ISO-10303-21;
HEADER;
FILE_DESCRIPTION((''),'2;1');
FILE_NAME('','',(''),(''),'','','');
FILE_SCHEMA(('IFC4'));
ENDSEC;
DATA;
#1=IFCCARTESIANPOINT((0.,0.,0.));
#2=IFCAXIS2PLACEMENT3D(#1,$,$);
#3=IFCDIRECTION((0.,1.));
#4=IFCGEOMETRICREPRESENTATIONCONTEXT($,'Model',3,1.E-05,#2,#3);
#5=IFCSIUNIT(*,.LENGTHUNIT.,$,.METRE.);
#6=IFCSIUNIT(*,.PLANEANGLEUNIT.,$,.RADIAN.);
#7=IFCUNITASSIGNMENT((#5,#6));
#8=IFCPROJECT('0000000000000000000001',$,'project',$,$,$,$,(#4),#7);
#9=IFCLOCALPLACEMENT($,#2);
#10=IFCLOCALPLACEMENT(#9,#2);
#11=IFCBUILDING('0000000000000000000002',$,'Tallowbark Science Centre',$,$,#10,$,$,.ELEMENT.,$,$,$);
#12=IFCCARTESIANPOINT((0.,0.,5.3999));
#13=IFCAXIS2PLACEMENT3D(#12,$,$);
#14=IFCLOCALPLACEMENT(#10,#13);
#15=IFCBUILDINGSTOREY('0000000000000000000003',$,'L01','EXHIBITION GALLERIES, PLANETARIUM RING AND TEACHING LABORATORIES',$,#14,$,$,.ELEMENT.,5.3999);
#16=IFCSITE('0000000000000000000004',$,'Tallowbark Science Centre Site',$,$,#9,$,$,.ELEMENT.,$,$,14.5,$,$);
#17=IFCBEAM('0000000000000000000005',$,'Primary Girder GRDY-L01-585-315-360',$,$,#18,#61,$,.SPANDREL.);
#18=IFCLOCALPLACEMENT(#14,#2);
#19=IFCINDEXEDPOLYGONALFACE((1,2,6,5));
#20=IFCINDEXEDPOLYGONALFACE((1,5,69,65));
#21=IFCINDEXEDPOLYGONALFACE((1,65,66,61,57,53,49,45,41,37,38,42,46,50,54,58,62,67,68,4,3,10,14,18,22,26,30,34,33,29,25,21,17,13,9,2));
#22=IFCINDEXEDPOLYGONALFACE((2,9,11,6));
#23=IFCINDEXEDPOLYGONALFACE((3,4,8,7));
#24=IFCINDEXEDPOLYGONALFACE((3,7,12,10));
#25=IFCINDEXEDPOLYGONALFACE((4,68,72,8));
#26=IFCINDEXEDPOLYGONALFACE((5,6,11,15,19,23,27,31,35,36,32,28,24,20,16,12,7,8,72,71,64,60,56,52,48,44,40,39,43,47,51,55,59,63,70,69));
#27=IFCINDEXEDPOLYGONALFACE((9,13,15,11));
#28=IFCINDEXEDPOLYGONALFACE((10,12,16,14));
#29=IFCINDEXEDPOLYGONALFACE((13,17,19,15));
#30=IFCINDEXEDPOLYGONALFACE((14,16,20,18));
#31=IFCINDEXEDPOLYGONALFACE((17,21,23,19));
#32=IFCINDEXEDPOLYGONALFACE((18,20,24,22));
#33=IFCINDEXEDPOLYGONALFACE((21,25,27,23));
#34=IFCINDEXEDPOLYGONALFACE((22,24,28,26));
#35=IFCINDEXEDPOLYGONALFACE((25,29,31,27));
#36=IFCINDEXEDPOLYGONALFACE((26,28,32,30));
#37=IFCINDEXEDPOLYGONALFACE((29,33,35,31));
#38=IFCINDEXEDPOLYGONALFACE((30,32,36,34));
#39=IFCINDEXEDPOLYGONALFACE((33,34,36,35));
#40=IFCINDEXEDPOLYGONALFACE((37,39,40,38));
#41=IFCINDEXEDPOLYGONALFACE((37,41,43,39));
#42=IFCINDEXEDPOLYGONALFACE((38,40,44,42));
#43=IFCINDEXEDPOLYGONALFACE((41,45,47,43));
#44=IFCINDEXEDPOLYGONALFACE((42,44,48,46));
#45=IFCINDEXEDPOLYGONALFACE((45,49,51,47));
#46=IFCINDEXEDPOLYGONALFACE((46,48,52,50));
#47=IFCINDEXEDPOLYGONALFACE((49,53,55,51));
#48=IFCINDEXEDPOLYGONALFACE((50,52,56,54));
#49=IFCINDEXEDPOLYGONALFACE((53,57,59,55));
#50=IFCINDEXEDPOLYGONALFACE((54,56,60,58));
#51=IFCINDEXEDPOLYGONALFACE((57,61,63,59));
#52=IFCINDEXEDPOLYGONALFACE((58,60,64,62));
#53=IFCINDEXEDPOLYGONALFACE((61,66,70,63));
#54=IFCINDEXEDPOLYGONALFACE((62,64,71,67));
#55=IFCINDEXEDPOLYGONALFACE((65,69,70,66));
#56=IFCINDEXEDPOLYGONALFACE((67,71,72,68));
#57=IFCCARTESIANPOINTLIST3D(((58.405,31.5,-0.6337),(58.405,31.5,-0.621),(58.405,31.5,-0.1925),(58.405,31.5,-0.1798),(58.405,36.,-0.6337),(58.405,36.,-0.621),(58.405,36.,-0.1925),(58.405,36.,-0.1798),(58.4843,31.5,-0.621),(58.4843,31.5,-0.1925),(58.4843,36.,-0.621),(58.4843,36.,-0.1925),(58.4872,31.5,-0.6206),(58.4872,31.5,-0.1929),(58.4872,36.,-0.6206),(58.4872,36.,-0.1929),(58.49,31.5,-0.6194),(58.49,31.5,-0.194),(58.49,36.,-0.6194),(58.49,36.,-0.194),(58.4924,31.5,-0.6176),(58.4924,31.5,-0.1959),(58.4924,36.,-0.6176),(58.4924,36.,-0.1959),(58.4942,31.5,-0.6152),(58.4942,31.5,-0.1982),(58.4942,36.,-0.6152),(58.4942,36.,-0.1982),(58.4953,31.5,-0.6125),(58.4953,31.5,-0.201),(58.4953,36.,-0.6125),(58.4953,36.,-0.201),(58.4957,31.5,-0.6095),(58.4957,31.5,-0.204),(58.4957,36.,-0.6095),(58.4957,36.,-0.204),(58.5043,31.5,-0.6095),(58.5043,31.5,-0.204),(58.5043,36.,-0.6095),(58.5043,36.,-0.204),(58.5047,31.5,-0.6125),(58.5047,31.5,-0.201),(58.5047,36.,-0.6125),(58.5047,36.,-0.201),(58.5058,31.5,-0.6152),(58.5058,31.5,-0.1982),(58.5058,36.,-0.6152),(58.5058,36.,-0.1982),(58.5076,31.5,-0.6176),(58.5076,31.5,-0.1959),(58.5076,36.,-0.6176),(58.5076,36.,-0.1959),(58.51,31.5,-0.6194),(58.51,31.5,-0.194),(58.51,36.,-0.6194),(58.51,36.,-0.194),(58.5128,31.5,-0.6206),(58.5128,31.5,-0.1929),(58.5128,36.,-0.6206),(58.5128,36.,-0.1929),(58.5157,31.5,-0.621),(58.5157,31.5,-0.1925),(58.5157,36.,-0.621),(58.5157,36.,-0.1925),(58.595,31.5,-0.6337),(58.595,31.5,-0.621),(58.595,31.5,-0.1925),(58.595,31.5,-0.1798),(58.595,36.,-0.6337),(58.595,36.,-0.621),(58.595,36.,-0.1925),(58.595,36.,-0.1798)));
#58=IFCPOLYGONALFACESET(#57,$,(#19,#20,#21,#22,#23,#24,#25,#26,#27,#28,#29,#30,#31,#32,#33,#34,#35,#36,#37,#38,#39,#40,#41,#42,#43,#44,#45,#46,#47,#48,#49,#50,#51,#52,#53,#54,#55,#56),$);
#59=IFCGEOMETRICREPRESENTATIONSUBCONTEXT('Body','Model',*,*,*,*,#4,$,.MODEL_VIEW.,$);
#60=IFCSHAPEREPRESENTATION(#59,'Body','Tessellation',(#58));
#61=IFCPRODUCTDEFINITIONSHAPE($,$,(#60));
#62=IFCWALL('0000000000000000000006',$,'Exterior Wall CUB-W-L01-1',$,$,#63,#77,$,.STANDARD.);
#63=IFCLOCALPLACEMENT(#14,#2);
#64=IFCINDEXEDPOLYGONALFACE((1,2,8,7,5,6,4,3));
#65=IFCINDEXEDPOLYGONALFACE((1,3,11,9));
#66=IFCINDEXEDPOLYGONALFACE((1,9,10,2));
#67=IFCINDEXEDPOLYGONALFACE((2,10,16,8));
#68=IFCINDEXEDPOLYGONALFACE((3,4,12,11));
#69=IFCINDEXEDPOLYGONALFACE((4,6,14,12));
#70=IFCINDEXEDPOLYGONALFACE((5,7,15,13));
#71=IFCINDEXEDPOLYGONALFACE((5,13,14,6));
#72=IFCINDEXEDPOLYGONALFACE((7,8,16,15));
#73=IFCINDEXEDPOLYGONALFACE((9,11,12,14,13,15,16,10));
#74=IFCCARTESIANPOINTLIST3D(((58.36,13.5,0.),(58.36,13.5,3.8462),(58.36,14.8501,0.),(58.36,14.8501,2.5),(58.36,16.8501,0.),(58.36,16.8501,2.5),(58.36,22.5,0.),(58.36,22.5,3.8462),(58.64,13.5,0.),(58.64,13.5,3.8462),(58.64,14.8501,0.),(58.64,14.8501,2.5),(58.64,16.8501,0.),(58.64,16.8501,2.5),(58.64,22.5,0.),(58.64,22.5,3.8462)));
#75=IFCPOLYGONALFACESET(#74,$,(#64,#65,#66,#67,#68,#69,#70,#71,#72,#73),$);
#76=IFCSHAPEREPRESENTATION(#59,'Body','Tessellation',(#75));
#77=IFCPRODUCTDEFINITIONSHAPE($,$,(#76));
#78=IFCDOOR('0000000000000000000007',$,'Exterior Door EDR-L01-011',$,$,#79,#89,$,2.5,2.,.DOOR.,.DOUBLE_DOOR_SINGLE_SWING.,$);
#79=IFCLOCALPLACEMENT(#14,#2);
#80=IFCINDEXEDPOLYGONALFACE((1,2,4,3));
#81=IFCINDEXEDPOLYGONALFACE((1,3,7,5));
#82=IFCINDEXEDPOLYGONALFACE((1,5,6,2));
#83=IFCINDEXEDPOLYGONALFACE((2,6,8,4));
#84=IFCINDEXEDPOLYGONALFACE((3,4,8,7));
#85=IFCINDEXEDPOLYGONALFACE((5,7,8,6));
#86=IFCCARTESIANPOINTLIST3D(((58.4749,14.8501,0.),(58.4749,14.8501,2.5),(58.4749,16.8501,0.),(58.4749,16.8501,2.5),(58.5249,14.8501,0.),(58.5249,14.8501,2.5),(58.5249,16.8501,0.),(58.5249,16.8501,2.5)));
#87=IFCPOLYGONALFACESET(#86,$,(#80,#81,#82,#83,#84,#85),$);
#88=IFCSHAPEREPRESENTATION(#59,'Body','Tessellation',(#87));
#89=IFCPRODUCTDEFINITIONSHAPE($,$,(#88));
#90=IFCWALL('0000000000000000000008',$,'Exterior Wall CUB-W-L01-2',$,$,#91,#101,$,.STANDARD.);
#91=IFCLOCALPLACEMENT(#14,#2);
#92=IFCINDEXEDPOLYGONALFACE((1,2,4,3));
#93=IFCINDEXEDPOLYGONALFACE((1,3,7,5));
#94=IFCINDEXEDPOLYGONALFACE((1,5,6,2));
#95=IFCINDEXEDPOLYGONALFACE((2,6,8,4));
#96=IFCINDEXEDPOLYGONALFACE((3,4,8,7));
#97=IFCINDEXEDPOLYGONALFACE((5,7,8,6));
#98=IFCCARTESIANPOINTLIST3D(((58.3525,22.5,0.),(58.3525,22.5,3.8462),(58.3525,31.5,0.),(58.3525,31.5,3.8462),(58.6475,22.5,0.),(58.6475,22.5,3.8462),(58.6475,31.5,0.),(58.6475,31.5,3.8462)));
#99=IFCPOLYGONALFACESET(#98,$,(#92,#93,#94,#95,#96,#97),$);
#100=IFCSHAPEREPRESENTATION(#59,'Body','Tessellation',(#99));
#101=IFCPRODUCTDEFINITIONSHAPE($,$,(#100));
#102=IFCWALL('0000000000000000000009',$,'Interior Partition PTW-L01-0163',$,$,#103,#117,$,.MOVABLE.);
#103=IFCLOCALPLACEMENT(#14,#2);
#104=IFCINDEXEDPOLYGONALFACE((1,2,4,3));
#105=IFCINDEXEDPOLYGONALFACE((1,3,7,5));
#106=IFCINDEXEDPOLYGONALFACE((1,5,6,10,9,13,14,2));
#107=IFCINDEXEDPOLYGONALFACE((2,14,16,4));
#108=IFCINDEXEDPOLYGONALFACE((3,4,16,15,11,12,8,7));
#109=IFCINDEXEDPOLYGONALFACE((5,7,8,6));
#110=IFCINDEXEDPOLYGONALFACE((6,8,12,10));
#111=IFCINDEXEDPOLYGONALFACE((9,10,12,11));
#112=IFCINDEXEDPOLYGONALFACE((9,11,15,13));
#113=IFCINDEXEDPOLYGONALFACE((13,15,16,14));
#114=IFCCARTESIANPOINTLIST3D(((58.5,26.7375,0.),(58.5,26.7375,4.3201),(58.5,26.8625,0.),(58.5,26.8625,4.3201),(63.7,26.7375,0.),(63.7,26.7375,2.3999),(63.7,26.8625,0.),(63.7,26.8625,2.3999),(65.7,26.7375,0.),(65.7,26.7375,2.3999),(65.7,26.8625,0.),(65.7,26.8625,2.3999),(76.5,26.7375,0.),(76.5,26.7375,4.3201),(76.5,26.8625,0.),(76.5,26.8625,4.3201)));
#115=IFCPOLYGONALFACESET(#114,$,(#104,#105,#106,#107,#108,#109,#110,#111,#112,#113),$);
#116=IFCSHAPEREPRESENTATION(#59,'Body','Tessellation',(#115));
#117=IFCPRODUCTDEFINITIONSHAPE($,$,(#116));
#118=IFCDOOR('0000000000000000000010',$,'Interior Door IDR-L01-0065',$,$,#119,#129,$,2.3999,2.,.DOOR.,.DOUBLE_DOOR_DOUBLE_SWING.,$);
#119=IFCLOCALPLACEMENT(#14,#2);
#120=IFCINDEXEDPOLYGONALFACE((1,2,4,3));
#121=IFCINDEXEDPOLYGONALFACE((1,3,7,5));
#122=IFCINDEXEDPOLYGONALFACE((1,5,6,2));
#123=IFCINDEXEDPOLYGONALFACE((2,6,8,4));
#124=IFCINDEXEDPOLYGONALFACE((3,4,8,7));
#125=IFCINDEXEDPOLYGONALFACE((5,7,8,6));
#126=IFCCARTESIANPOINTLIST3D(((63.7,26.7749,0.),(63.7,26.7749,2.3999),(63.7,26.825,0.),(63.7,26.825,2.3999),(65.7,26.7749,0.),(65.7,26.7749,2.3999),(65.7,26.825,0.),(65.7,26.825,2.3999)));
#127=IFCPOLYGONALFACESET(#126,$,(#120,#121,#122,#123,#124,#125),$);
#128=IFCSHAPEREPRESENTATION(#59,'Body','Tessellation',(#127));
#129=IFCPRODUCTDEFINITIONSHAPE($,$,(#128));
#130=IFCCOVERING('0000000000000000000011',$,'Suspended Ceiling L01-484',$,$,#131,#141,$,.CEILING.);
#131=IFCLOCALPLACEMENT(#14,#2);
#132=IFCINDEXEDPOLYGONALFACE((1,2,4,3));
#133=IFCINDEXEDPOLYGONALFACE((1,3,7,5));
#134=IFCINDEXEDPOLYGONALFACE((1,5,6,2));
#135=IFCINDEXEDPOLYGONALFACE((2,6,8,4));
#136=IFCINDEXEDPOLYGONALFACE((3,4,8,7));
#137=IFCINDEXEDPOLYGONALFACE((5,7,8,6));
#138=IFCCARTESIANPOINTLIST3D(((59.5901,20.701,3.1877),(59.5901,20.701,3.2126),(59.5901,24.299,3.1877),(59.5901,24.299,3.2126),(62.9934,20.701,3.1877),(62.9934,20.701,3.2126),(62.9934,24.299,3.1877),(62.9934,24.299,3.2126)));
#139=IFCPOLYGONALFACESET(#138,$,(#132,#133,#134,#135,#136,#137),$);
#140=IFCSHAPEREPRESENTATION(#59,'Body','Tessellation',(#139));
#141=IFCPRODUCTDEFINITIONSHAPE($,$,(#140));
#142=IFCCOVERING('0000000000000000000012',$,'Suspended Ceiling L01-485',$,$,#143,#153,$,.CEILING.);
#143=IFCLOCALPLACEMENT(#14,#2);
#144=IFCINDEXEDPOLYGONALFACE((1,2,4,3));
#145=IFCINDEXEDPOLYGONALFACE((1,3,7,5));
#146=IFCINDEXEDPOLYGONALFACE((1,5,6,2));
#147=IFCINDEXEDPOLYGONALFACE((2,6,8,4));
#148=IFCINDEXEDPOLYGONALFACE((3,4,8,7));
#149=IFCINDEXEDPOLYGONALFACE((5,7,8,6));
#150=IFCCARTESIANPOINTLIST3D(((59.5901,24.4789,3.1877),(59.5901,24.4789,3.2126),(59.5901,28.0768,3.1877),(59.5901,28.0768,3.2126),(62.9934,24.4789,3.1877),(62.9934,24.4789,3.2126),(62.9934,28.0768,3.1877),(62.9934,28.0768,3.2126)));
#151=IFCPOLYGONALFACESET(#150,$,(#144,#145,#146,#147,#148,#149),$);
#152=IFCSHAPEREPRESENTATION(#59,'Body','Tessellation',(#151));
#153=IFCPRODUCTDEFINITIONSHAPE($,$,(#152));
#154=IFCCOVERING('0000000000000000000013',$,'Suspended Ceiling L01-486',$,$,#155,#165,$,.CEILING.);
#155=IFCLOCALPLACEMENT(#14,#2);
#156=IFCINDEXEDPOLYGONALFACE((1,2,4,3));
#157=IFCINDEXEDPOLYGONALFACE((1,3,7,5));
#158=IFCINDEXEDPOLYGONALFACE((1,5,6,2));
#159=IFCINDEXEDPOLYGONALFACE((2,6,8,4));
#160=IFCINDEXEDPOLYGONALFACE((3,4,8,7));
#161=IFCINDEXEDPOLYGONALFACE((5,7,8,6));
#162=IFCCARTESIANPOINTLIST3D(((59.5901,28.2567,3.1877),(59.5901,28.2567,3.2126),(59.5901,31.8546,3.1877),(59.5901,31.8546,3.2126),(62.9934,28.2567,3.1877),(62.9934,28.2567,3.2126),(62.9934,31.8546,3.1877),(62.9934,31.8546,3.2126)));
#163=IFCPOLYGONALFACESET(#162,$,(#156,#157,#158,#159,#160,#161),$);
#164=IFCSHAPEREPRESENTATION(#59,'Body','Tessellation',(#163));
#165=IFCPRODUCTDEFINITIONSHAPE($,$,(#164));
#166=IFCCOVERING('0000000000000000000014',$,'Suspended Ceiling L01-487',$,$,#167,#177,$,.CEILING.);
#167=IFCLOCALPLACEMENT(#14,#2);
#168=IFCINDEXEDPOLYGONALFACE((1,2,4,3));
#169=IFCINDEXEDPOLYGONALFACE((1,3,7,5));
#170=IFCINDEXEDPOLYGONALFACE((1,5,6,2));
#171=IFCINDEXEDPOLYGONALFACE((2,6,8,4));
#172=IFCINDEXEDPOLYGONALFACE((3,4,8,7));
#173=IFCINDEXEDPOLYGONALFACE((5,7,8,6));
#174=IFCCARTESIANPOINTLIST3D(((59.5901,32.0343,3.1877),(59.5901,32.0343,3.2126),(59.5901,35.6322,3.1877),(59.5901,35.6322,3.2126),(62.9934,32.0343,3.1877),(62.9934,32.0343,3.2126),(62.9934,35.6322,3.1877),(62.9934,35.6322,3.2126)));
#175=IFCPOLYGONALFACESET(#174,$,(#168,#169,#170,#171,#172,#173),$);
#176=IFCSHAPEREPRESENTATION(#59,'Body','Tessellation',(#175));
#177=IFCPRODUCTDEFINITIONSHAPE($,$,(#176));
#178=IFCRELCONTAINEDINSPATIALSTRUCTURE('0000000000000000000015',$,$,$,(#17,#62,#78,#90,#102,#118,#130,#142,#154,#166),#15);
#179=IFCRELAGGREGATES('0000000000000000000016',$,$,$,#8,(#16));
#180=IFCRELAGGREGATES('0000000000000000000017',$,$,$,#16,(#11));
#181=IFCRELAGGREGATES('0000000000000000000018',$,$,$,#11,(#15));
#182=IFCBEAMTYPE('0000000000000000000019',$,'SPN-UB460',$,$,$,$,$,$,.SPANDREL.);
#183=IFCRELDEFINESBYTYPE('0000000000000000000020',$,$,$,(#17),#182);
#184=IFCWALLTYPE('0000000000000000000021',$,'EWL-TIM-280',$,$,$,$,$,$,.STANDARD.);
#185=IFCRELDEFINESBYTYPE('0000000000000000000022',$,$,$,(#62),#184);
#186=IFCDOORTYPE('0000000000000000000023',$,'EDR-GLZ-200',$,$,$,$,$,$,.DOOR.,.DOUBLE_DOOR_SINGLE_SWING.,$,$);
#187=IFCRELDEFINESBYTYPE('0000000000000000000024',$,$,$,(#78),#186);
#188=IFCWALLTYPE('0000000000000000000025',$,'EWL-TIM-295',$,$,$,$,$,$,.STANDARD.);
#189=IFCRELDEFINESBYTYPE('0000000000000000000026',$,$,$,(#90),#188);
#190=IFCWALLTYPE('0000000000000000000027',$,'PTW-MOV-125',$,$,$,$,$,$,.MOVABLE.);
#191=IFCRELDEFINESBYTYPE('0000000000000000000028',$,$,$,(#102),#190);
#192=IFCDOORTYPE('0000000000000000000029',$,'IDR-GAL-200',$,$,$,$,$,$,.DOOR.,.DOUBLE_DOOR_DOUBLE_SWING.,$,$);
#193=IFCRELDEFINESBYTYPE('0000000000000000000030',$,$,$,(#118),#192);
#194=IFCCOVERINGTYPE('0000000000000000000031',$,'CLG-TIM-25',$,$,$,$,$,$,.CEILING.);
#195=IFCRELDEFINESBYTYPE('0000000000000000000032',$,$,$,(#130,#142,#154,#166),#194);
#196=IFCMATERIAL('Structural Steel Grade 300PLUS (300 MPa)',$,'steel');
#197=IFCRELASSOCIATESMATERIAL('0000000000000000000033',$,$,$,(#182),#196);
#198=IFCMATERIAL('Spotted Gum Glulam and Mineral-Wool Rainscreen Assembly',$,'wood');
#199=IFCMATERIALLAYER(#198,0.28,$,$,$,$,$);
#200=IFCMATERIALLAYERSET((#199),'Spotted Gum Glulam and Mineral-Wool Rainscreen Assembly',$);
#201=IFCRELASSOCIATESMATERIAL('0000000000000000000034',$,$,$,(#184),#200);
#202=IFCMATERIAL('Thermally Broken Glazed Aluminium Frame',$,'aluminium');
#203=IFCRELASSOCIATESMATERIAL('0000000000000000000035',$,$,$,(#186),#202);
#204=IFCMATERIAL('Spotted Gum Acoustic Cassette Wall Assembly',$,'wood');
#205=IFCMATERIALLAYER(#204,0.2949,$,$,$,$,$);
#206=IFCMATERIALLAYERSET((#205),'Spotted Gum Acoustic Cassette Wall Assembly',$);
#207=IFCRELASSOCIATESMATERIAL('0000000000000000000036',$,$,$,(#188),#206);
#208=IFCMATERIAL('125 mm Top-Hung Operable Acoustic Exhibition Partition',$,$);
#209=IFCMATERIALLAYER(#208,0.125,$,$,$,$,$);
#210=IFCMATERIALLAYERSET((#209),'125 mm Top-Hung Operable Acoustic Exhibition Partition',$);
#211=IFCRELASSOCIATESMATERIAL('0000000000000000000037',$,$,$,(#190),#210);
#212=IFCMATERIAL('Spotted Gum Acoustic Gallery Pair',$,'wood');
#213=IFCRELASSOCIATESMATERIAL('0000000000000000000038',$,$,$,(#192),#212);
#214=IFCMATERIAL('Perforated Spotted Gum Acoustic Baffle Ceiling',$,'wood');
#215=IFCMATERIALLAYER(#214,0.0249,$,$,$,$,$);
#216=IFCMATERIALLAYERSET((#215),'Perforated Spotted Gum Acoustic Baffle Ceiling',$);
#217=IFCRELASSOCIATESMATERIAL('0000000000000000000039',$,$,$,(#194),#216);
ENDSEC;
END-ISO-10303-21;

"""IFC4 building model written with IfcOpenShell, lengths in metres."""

from ifc_helpers import new_model, si_unit, direction, frame, frame_2d, origin, origin_2d, place, context, subcontext, project, spatial, rectangle, i_section, extrude, material, layer, layer_set, material_profile, profile_set, type_object, element, fill, save


model = new_model("IFC4")

# Units and contexts
model_context = context("Model", 3, precision=1e-05, world=origin(), true_north=direction((0.0, 1.0)))
body_context = subcontext(model_context, "Body", "Model", "MODEL_VIEW")
ifc_project = project(units=[si_unit("LENGTHUNIT", "METRE"), si_unit("PLANEANGLEUNIT", "RADIAN")], contexts=[model_context])

# Site, building, storey
site_placement = place(None, origin())
site = spatial("IfcSite", under=ifc_project, at=site_placement, Name="Tallowbark Science Centre Site", CompositionType="ELEMENT", RefElevation=14.5)
building_placement = place(site_placement, origin())
building = spatial("IfcBuilding", under=site, at=building_placement, Name="Tallowbark Science Centre", CompositionType="ELEMENT")
storey_placement = place(building_placement, frame((0.0, 0.0, 5.3999)))
storey = spatial("IfcBuildingStorey", under=building, at=storey_placement, Name="L01", Description="EXHIBITION GALLERIES, PLANETARIUM RING AND TEACHING LABORATORIES", CompositionType="ELEMENT", Elevation=5.3999)

# Shared definitions
ifc_material_1 = material(Name="Structural Steel Grade 300PLUS (300 MPa)", Category="steel")

# Beam
ifc_material_profile_1 = material_profile(ifc_material_1, i_section(OverallWidth=0.1899, OverallDepth=0.4539, WebThickness=0.0085, FlangeThickness=0.0127, FilletRadius=0.0115, at=origin_2d()), Name="460UB67.1")
ifc_profile_set_1 = profile_set([ifc_material_profile_1], Name="Structural Steel Grade 300PLUS (300 MPa)")
beam_type_1 = type_object("IfcBeamType", Name="SPN-UB460", PredefinedType="SPANDREL", material=ifc_profile_set_1)
for number, where, z_axis, x_axis, name in (
    (1, (58.5, 31.5, -0.4067), (0.0, 1.0, 0.0), (-1.0, 0.0, 0.0), "Primary Girder GRDY-L01-585-315-360"),
):
    element("IfcBeam", number, at=place(storey_placement, frame(where, z_axis=z_axis, x_axis=x_axis)), inside=storey, type_object=beam_type_1, Name=name, PredefinedType="SPANDREL", context=body_context, shape_type="SweptSolid", body=[
        extrude(i_section(OverallWidth=0.1899, OverallDepth=0.4539, WebThickness=0.0085, FlangeThickness=0.0127, FilletRadius=0.0115, at=origin_2d()), origin(), (0.0, 0.0, 1.0), 4.5),
    ])

# Wall, opening, door
ifc_material_2 = material(Name="Spotted Gum Glulam and Mineral-Wool Rainscreen Assembly", Category="wood")
ifc_layer_1 = layer(ifc_material_2, 0.28)
ifc_layer_set_1 = layer_set([ifc_layer_1], Name="Spotted Gum Glulam and Mineral-Wool Rainscreen Assembly")
wall_type_1 = type_object("IfcWallType", Name="EWL-TIM-280", PredefinedType="STANDARD", material=ifc_layer_set_1)
wall_1_placement = place(storey_placement, frame((58.5, 22.5, 0.0), z_axis=(0.0, 0.0, 1.0), x_axis=(0.0, -1.0, 0.0)))
wall_1 = element("IfcWall", 2, at=wall_1_placement, inside=storey, type_object=wall_type_1, Name="Exterior Wall CUB-W-L01-1", PredefinedType="STANDARD", context=body_context, shape_type="SweptSolid", body=[
    extrude(rectangle(XDim=9.0, YDim=0.28, at=frame_2d((4.5, 0.0))), origin(), (0.0, 0.0, 1.0), 3.8462),
])
opening_1_placement = place(wall_1_placement, frame((5.6499, 0.0, 0.0)))
opening_1 = element("IfcOpeningElement", 3, at=opening_1_placement, cuts=wall_1, PredefinedType="OPENING", context=body_context, shape_type="SweptSolid", body=[
    extrude(rectangle(XDim=2.0, YDim=2.5, at=frame_2d((1.0, 1.25))), frame((0.0, 0.1499, 0.0), z_axis=(0.0, -1.0, 0.0), x_axis=(1.0, 0.0, 0.0)), (0.0, 0.0, 1.0), 0.3),
])
ifc_material_3 = material(Name="Thermally Broken Glazed Aluminium Frame", Category="aluminium")
door_type_1 = type_object("IfcDoorType", Name="EDR-GLZ-200", OperationType="DOUBLE_DOOR_SINGLE_SWING", PredefinedType="DOOR", material=ifc_material_3)
door_1_placement = place(opening_1_placement, origin())
door_1 = element("IfcDoor", 4, at=door_1_placement, inside=storey, type_object=door_type_1, Name="Exterior Door EDR-L01-011", OperationType="DOUBLE_DOOR_SINGLE_SWING", OverallHeight=2.5, OverallWidth=2.0, PredefinedType="DOOR", context=body_context, shape_type="SweptSolid", body=[
    extrude(rectangle(XDim=2.0, YDim=2.5, at=frame_2d((1.0, 1.25))), frame((0.0, 0.0249, 0.0), z_axis=(0.0, -1.0, 0.0), x_axis=(1.0, 0.0, 0.0)), (0.0, 0.0, 1.0), 0.05),
])
fill(opening_1, door_1)

# Wall
ifc_material_4 = material(Name="Spotted Gum Acoustic Cassette Wall Assembly", Category="wood")
ifc_layer_2 = layer(ifc_material_4, 0.2949)
ifc_layer_set_2 = layer_set([ifc_layer_2], Name="Spotted Gum Acoustic Cassette Wall Assembly")
wall_type_2 = type_object("IfcWallType", Name="EWL-TIM-295", PredefinedType="STANDARD", material=ifc_layer_set_2)
wall_2_placement = place(storey_placement, frame((58.5, 31.5, 0.0), z_axis=(0.0, 0.0, 1.0), x_axis=(0.0, -1.0, 0.0)))
element("IfcWall", 5, at=wall_2_placement, inside=storey, type_object=wall_type_2, Name="Exterior Wall CUB-W-L01-2", PredefinedType="STANDARD", context=body_context, shape_type="SweptSolid", body=[
    extrude(rectangle(XDim=9.0, YDim=0.2949, at=frame_2d((4.5, 0.0))), origin(), (0.0, 0.0, 1.0), 3.8462),
])

# Wall, opening, door
ifc_material_5 = material(Name="125 mm Top-Hung Operable Acoustic Exhibition Partition")
ifc_layer_3 = layer(ifc_material_5, 0.125)
ifc_layer_set_3 = layer_set([ifc_layer_3], Name="125 mm Top-Hung Operable Acoustic Exhibition Partition")
wall_type_3 = type_object("IfcWallType", Name="PTW-MOV-125", PredefinedType="MOVABLE", material=ifc_layer_set_3)
wall_3_placement = place(storey_placement, frame((58.5, 26.8, 0.0), z_axis=(0.0, 0.0, 1.0), x_axis=(1.0, 0.0, 0.0)))
wall_3 = element("IfcWall", 6, at=wall_3_placement, inside=storey, type_object=wall_type_3, Name="Interior Partition PTW-L01-0163", PredefinedType="MOVABLE", context=body_context, shape_type="SweptSolid", body=[
    extrude(rectangle(XDim=18.0, YDim=0.125, at=frame_2d((9.0, 0.0))), origin(), (0.0, 0.0, 1.0), 4.3201),
])
opening_2_placement = place(wall_3_placement, frame((5.2, 0.0, 0.0)))
opening_2 = element("IfcOpeningElement", 7, at=opening_2_placement, cuts=wall_3, PredefinedType="OPENING", context=body_context, shape_type="SweptSolid", body=[
    extrude(rectangle(XDim=2.0, YDim=2.3999, at=frame_2d((1.0, 1.2))), frame((0.0, 0.0725, 0.0), z_axis=(0.0, -1.0, 0.0), x_axis=(1.0, 0.0, 0.0)), (0.0, 0.0, 1.0), 0.145),
])
ifc_material_6 = material(Name="Spotted Gum Acoustic Gallery Pair", Category="wood")
door_type_2 = type_object("IfcDoorType", Name="IDR-GAL-200", OperationType="DOUBLE_DOOR_DOUBLE_SWING", PredefinedType="DOOR", material=ifc_material_6)
door_2_placement = place(opening_2_placement, origin())
door_2 = element("IfcDoor", 8, at=door_2_placement, inside=storey, type_object=door_type_2, Name="Interior Door IDR-L01-0065", OperationType="DOUBLE_DOOR_DOUBLE_SWING", OverallHeight=2.3999, OverallWidth=2.0, PredefinedType="DOOR", context=body_context, shape_type="SweptSolid", body=[
    extrude(rectangle(XDim=2.0, YDim=2.3999, at=frame_2d((1.0, 1.2))), frame((0.0, 0.0249, 0.0), z_axis=(0.0, -1.0, 0.0), x_axis=(1.0, 0.0, 0.0)), (0.0, 0.0, 1.0), 0.05),
])
fill(opening_2, door_2)

# Coverings
ifc_material_7 = material(Name="Perforated Spotted Gum Acoustic Baffle Ceiling", Category="wood")
ifc_layer_4 = layer(ifc_material_7, 0.0249)
ifc_layer_set_4 = layer_set([ifc_layer_4], Name="Perforated Spotted Gum Acoustic Baffle Ceiling")
covering_type_1 = type_object("IfcCoveringType", Name="CLG-TIM-25", PredefinedType="CEILING", material=ifc_layer_set_4)
for number, where, z_axis, x_axis, name in (
    (9, (61.2917, 22.5, 3.1877), (0.0, 0.0, 1.0), (1.0, 0.0, 0.0), "Suspended Ceiling L01-484"),
    (10, (61.2917, 26.2778, 3.1877), (0.0, 0.0, 1.0), (1.0, 0.0, 0.0), "Suspended Ceiling L01-485"),
    (11, (61.2917, 30.0557, 3.1877), (0.0, 0.0, 1.0), (1.0, 0.0, 0.0), "Suspended Ceiling L01-486"),
    (12, (61.2917, 33.8333, 3.1877), (0.0, 0.0, 1.0), (1.0, 0.0, 0.0), "Suspended Ceiling L01-487"),
):
    element("IfcCovering", number, at=place(storey_placement, frame(where, z_axis=z_axis, x_axis=x_axis)), inside=storey, type_object=covering_type_1, Name=name, PredefinedType="CEILING", context=body_context, shape_type="SweptSolid", body=[
        extrude(rectangle(XDim=3.4033, YDim=3.5979, at=origin_2d()), origin(), (0.0, 0.0, 1.0), 0.0249),
    ])

save(model, "model.ifc")
